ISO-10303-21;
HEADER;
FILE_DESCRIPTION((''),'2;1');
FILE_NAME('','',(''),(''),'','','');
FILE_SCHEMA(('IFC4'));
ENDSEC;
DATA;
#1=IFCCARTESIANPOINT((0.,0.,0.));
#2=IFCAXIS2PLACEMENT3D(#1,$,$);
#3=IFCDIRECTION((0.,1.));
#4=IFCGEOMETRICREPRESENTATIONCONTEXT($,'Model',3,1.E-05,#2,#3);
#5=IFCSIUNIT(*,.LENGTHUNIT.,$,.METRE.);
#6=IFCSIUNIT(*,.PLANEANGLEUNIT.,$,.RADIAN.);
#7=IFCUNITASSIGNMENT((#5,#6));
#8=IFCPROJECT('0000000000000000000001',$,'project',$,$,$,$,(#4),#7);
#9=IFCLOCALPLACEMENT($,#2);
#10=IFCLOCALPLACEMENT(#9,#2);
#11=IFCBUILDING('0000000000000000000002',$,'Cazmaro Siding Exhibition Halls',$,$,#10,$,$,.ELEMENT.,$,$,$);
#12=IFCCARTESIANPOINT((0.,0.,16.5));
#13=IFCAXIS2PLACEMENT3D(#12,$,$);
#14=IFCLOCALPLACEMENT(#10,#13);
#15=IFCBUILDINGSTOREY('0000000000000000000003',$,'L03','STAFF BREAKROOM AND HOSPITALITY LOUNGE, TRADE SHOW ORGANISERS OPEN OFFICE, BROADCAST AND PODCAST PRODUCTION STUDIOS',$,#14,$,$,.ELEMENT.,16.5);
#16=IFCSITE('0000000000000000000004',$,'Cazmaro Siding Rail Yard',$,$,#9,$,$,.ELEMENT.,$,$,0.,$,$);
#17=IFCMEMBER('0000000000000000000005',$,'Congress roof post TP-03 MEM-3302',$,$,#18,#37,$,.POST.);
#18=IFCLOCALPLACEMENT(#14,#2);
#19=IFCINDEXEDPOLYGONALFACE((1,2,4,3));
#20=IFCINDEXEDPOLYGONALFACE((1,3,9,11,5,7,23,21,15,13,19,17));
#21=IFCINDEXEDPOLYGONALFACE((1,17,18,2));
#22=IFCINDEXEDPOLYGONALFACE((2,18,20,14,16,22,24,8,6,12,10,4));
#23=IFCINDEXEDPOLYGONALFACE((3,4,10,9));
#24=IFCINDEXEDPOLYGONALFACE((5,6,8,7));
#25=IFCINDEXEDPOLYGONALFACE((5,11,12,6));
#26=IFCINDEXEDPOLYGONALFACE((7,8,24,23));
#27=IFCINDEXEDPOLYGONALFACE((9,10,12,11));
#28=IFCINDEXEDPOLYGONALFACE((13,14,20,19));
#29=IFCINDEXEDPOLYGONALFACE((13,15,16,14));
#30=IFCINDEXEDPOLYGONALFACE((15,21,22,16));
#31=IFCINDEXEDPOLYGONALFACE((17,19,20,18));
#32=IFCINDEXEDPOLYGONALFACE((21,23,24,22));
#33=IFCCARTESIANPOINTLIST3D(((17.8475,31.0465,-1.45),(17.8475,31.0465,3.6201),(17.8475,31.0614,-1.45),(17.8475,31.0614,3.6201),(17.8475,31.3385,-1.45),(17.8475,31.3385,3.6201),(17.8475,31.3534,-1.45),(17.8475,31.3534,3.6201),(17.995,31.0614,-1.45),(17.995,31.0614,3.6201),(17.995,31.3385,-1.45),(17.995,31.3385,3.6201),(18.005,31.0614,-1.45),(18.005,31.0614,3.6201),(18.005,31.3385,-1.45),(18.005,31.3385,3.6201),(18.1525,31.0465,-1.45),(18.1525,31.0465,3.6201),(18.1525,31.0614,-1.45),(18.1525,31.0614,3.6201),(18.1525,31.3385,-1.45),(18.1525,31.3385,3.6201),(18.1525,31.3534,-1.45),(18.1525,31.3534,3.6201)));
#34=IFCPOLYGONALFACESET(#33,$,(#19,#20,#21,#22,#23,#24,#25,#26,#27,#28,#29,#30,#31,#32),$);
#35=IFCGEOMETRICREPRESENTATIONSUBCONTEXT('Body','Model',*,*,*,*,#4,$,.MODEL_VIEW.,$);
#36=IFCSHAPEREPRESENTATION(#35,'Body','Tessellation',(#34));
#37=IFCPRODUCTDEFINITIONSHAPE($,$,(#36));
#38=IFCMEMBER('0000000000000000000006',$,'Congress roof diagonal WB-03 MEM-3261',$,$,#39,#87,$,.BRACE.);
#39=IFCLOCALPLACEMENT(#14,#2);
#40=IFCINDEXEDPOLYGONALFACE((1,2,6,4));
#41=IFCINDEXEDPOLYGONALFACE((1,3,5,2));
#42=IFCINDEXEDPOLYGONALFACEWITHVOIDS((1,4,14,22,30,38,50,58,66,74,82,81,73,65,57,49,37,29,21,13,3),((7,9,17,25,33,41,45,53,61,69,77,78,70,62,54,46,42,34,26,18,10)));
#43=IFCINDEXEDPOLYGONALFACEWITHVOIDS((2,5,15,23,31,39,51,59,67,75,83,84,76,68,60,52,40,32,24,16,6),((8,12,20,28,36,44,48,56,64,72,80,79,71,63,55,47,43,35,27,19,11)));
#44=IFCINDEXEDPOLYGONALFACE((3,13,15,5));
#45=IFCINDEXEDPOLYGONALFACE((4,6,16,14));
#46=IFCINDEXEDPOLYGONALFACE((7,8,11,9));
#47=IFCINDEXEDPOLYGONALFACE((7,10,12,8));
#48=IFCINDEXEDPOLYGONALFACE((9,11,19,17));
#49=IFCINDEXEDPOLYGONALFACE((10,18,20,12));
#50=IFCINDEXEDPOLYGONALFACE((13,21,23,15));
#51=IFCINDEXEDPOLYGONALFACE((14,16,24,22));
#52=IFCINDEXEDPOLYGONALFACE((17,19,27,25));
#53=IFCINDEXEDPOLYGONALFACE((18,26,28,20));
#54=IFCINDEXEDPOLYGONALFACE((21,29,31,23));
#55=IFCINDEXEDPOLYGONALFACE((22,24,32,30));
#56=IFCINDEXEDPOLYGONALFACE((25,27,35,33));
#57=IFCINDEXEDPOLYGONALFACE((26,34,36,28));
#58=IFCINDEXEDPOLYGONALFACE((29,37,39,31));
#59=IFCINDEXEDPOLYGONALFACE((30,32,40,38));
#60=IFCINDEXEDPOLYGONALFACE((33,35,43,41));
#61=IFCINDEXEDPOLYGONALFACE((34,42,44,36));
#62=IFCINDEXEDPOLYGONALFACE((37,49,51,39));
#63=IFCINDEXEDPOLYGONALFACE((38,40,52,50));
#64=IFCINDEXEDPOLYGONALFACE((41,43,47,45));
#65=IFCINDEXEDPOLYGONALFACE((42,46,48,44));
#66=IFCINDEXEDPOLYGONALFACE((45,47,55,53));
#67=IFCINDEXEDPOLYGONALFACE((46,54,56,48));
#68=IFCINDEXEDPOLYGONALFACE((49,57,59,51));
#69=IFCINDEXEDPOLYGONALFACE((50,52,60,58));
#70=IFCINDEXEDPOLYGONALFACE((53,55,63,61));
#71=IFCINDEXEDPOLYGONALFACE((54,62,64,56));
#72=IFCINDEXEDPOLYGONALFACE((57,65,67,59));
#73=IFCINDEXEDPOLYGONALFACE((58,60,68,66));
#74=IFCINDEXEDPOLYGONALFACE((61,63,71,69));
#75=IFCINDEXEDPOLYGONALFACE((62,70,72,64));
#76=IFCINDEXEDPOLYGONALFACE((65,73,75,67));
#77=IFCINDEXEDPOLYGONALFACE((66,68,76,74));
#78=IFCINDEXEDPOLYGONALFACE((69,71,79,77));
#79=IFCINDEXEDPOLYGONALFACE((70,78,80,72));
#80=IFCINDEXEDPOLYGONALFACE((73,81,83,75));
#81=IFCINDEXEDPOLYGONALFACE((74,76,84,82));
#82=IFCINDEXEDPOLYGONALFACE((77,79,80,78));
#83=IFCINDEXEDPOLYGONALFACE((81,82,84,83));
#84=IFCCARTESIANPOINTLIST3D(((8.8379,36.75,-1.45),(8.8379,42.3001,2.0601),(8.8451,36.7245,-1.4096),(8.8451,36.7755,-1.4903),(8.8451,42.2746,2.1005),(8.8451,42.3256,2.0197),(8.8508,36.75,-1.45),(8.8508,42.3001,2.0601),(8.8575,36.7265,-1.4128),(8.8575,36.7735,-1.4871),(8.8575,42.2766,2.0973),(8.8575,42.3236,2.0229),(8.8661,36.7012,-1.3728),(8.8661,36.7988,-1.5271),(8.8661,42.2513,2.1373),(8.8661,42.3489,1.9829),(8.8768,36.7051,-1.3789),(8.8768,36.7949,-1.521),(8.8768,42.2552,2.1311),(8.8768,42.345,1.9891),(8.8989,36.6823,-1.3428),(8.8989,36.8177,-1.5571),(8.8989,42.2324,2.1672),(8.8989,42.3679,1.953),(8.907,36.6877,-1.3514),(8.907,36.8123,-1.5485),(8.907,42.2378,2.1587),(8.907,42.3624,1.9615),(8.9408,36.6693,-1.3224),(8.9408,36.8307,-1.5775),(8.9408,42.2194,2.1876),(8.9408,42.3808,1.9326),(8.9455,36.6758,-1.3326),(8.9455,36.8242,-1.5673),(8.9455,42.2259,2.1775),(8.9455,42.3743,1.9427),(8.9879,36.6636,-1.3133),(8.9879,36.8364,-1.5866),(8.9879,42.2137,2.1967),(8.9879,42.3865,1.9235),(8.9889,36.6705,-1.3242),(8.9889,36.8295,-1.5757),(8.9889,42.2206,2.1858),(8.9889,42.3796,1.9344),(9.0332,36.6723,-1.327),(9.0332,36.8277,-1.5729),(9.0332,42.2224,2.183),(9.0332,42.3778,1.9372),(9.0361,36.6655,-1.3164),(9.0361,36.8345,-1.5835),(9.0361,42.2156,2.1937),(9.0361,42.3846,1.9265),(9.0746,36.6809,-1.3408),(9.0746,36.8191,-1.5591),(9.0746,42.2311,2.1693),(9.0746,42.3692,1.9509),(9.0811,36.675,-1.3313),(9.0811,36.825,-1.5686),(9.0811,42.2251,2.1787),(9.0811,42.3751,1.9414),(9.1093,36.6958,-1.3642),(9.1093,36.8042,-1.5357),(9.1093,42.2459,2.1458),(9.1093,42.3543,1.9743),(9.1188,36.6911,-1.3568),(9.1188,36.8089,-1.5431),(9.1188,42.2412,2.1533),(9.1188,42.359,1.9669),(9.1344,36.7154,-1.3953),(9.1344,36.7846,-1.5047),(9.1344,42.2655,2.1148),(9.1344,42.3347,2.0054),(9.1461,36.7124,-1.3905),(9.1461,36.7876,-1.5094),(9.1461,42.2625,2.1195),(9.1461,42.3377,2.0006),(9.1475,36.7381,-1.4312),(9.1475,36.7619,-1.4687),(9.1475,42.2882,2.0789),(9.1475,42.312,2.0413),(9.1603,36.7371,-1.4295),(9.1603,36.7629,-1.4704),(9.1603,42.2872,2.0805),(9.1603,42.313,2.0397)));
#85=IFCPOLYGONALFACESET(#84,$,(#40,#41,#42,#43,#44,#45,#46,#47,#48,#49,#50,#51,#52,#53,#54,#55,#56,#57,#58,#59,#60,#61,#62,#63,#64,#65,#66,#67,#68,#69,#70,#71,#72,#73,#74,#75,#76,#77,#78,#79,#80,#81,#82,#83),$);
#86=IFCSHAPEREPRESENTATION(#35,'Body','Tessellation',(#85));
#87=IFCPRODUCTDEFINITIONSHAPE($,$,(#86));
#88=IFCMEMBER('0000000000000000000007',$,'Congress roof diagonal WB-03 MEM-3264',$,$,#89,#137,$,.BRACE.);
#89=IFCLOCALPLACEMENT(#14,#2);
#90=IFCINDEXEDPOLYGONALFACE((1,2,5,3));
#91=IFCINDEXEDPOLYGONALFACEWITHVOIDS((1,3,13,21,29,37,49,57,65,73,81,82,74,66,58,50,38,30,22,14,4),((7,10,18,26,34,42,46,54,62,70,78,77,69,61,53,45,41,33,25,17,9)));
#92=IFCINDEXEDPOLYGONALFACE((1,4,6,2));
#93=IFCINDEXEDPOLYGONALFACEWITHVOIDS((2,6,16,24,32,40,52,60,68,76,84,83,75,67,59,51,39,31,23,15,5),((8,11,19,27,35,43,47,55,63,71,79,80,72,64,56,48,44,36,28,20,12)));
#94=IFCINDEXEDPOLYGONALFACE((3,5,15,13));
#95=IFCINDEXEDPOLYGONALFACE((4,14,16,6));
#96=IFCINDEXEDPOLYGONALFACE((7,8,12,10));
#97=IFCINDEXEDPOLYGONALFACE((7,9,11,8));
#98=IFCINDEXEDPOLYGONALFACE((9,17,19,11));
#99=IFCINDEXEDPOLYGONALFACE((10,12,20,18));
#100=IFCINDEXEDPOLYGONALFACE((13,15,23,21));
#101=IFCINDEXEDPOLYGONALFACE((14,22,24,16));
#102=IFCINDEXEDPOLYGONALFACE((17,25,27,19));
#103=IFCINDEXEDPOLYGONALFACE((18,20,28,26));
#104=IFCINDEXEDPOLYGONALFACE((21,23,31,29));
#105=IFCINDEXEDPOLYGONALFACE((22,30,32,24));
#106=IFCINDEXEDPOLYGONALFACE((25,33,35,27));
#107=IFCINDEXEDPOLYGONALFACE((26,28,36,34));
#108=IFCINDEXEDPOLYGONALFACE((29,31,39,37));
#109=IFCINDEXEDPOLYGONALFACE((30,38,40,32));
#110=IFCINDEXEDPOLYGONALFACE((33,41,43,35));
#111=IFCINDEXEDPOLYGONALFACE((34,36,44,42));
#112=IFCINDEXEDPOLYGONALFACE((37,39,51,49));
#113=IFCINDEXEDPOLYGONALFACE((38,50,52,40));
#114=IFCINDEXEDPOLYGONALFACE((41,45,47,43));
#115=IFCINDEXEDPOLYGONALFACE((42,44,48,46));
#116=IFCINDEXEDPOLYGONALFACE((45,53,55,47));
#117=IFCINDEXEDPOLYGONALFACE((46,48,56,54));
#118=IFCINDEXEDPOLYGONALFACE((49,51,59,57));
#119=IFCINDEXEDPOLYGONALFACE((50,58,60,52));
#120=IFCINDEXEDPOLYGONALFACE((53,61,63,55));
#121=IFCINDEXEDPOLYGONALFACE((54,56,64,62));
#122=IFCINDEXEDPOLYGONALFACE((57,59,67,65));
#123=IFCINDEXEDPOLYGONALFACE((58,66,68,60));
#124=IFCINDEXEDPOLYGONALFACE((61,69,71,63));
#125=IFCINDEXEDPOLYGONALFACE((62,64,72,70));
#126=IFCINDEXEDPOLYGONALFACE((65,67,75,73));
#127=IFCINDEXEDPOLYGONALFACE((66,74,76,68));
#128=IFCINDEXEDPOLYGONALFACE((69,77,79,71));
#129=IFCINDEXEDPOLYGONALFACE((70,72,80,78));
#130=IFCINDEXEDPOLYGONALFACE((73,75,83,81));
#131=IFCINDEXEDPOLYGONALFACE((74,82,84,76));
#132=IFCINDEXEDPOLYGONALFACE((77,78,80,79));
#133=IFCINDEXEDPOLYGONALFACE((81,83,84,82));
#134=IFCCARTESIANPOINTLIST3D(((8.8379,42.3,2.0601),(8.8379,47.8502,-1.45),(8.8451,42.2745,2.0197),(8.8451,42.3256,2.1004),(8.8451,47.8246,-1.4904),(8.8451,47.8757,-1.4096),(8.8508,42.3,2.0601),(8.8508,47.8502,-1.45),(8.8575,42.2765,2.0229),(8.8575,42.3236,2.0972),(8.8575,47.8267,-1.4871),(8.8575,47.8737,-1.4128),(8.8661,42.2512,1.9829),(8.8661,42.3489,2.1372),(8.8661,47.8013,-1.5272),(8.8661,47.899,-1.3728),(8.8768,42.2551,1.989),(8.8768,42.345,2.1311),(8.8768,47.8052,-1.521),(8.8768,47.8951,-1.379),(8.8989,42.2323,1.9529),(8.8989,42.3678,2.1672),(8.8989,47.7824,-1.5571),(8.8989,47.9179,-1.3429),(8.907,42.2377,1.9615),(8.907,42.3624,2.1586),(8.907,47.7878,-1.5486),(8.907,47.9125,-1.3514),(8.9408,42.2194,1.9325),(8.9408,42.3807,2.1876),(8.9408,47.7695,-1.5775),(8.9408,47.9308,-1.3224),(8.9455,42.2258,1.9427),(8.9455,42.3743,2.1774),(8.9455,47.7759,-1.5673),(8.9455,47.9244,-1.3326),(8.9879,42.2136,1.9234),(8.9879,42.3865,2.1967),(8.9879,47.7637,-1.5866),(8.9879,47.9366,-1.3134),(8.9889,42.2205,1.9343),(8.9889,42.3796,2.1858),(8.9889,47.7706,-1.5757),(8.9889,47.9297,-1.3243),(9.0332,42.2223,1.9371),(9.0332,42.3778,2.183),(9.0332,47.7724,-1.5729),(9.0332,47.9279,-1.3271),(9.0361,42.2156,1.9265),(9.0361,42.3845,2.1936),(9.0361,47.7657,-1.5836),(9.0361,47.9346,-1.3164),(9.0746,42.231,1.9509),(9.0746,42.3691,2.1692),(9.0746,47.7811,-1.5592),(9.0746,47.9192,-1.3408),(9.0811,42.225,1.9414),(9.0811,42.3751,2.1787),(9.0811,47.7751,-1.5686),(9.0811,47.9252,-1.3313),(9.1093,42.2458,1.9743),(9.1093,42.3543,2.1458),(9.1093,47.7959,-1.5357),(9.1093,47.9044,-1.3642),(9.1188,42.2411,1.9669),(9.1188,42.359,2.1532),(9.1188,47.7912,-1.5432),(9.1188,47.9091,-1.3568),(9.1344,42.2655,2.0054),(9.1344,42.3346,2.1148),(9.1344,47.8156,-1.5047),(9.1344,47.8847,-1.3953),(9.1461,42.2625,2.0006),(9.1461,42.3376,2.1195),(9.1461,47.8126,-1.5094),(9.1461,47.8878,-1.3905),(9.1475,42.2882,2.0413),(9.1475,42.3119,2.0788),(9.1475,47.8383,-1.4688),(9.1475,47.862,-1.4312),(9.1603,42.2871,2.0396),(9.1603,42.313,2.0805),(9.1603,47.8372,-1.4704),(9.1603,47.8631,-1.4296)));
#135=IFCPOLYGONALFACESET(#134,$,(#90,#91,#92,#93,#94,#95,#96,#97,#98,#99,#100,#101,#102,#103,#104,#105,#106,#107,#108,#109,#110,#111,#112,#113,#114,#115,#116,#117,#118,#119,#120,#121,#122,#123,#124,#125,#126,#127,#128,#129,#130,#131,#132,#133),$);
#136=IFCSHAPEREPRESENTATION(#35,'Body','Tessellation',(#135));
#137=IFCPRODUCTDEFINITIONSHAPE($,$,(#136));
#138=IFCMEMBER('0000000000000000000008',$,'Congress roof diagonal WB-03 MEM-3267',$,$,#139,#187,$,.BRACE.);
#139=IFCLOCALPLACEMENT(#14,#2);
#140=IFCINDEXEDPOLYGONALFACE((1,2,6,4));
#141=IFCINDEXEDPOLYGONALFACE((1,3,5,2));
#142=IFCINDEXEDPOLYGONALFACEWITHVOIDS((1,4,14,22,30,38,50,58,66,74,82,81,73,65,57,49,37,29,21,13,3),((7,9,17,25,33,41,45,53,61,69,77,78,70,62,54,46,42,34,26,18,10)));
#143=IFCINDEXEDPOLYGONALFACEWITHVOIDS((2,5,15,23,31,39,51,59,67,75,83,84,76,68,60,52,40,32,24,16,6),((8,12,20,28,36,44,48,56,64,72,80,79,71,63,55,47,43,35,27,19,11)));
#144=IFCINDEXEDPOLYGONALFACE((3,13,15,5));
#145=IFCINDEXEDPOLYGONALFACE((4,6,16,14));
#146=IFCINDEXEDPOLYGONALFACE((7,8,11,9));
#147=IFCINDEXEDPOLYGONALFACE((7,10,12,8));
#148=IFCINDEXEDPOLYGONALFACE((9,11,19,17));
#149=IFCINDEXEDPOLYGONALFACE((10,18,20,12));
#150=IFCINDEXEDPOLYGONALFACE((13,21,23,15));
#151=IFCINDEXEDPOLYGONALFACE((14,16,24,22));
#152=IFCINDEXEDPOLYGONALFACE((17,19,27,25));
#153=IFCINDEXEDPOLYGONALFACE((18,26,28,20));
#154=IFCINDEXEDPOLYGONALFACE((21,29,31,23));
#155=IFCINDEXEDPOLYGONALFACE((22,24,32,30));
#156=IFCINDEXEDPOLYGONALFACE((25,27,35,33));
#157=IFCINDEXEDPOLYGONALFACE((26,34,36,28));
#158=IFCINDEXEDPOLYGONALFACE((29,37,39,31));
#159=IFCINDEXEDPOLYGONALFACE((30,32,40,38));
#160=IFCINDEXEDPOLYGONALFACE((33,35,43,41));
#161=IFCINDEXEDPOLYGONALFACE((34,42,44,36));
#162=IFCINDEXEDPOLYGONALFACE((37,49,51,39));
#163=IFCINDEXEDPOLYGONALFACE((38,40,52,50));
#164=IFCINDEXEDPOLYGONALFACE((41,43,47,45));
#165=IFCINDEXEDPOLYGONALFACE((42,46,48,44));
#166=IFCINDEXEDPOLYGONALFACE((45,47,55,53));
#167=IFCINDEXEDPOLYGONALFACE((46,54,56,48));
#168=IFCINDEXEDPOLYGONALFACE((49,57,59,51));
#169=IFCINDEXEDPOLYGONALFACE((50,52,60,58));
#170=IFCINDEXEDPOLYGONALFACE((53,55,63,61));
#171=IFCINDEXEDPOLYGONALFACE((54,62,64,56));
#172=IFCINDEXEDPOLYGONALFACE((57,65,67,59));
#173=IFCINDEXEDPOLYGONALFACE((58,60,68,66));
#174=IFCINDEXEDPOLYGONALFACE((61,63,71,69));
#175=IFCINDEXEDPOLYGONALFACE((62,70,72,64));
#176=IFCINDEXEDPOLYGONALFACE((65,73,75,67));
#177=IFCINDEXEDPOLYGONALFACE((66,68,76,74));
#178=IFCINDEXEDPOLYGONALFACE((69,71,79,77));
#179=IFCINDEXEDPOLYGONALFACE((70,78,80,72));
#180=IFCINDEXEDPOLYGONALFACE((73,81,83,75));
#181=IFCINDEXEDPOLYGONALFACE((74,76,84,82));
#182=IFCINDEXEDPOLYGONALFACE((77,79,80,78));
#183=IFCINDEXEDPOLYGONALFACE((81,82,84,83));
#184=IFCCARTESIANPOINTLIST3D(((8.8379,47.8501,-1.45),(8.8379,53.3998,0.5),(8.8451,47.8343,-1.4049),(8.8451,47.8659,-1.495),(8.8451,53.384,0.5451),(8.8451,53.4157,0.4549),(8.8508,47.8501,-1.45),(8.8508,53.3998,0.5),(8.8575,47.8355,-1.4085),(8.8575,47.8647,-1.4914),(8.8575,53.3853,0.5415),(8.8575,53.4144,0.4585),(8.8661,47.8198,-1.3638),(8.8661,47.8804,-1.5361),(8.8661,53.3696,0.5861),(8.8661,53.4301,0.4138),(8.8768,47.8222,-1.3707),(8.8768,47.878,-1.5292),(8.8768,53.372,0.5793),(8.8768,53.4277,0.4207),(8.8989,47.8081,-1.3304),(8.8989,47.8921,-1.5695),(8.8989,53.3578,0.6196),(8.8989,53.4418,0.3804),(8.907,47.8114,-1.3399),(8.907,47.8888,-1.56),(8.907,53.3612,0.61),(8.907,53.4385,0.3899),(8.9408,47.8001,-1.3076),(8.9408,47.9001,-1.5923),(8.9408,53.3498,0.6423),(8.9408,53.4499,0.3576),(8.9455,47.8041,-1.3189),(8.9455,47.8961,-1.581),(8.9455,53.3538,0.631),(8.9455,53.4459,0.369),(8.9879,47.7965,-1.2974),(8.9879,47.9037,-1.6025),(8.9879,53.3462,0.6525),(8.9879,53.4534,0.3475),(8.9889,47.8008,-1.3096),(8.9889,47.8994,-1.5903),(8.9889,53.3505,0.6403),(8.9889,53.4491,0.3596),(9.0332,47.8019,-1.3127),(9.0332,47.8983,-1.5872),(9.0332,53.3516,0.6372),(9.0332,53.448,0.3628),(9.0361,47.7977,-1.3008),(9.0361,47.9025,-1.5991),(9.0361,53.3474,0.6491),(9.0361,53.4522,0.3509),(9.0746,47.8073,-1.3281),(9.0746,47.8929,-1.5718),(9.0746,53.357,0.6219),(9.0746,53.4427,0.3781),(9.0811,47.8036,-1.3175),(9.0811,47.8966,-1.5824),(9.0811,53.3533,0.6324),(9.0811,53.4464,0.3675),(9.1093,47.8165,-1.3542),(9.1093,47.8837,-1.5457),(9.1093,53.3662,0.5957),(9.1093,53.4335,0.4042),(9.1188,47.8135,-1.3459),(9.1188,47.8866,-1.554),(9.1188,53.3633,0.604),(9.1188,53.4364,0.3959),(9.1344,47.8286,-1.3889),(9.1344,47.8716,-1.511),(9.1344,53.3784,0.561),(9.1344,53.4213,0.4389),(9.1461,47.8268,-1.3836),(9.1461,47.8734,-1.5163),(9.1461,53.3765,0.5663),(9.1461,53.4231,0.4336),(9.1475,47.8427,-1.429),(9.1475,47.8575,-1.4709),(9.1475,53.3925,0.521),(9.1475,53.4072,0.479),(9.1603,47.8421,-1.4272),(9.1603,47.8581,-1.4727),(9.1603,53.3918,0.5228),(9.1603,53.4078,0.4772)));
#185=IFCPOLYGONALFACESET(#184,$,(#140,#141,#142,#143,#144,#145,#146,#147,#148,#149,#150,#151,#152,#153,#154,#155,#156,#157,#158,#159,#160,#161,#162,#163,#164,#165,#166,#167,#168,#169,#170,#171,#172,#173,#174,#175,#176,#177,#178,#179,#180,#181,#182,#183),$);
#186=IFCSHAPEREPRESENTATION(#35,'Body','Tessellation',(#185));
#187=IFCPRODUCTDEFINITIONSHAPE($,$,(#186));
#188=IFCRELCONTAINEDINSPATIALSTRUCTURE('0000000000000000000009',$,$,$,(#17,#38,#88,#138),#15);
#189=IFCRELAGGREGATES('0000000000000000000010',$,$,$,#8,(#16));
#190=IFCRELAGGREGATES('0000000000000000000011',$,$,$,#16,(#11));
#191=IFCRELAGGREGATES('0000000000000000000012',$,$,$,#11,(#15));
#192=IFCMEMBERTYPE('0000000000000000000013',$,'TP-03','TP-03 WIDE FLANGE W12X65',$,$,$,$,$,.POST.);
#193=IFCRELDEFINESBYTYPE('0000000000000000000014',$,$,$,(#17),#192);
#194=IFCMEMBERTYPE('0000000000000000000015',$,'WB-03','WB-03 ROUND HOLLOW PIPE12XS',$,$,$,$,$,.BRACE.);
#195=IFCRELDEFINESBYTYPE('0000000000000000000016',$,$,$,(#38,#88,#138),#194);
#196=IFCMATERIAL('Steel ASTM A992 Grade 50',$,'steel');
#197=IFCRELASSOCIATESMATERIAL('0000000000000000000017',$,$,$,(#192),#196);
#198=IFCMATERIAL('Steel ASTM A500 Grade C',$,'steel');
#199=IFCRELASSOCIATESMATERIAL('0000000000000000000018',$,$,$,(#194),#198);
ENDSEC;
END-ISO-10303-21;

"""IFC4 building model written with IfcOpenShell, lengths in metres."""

from ifc_helpers import new_model, si_unit, direction, frame, origin, origin_2d, place, context, subcontext, project, spatial, hollow_circle, i_section, extrude, material, material_profile, profile_set, type_object, element, save


model = new_model("IFC4")

# Units and contexts
model_context = context("Model", 3, precision=1e-05, world=origin(), true_north=direction((0.0, 1.0)))
body_context = subcontext(model_context, "Body", "Model", "MODEL_VIEW")
ifc_project = project(units=[si_unit("LENGTHUNIT", "METRE"), si_unit("PLANEANGLEUNIT", "RADIAN")], contexts=[model_context])

# Site, building, storey
site_placement = place(None, origin())
site = spatial("IfcSite", under=ifc_project, at=site_placement, Name="Cazmaro Siding Rail Yard", CompositionType="ELEMENT", RefElevation=0.0)
building_placement = place(site_placement, origin())
building = spatial("IfcBuilding", under=site, at=building_placement, Name="Cazmaro Siding Exhibition Halls", CompositionType="ELEMENT")
storey_placement = place(building_placement, frame((0.0, 0.0, 16.5)))
storey = spatial("IfcBuildingStorey", under=building, at=storey_placement, Name="L03", Description="STAFF BREAKROOM AND HOSPITALITY LOUNGE, TRADE SHOW ORGANISERS OPEN OFFICE, BROADCAST AND PODCAST PRODUCTION STUDIOS", CompositionType="ELEMENT", Elevation=16.5)

# Members
ifc_material_1 = material(Name="Steel ASTM A992 Grade 50", Category="steel")
ifc_material_profile_1 = material_profile(ifc_material_1, i_section(OverallWidth=0.3049, OverallDepth=0.3069, WebThickness=0.01, FlangeThickness=0.0149, at=origin_2d()), Name="W12X65")
ifc_profile_set_1 = profile_set([ifc_material_profile_1], Name="Steel ASTM A992 Grade 50")
member_type_1 = type_object("IfcMemberType", Name="TP-03", Description="TP-03 WIDE FLANGE W12X65", PredefinedType="POST", material=ifc_profile_set_1)
member_1_placement = place(storey_placement, frame((18.0, 31.2, -1.45), z_axis=(0.0, 0.0, 1.0), x_axis=(1.0, 0.0, 0.0)))
element("IfcMember", 1, at=member_1_placement, inside=storey, type_object=member_type_1, Name="Congress roof post TP-03 MEM-3302", PredefinedType="POST", context=body_context, shape_type="SweptSolid", body=[
    extrude(i_section(OverallWidth=0.3049, OverallDepth=0.3069, WebThickness=0.01, FlangeThickness=0.0149, at=origin_2d()), origin(), (0.0, 0.0, 1.0), 5.0701),
])
ifc_material_2 = material(Name="Steel ASTM A500 Grade C", Category="steel")
ifc_material_profile_2 = material_profile(ifc_material_2, hollow_circle(Radius=0.1621, WallThickness=0.0129, at=origin_2d()), Name="PIPE12XS")
ifc_profile_set_2 = profile_set([ifc_material_profile_2], Name="Steel ASTM A500 Grade C")
member_type_2 = type_object("IfcMemberType", Name="WB-03", Description="WB-03 ROUND HOLLOW PIPE12XS", PredefinedType="BRACE", material=ifc_profile_set_2)
for number, where, z_axis, x_axis, name in (
    (2, (9.0, 36.75, -1.45), (0.0, 0.845165, 0.534506), (-1.0, 0.0, 0.0), "Congress roof diagonal WB-03 MEM-3261"),
    (3, (9.0, 42.3, 2.0601), (0.0, 0.845165, -0.534506), (-1.0, 0.0, 0.0), "Congress roof diagonal WB-03 MEM-3264"),
):
    element("IfcMember", number, at=place(storey_placement, frame(where, z_axis=z_axis, x_axis=x_axis)), inside=storey, type_object=member_type_2, Name=name, PredefinedType="BRACE", context=body_context, shape_type="SweptSolid", body=[
        extrude(hollow_circle(Radius=0.1621, WallThickness=0.0129, at=origin_2d()), origin(), (0.0, 0.0, 1.0), 6.5669),
    ])
member_2_placement = place(storey_placement, frame((9.0, 47.8501, -1.45), z_axis=(0.0, 0.943459, 0.331489), x_axis=(-1.0, 0.0, 0.0)))
element("IfcMember", 4, at=member_2_placement, inside=storey, type_object=member_type_2, Name="Congress roof diagonal WB-03 MEM-3267", PredefinedType="BRACE", context=body_context, shape_type="SweptSolid", body=[
    extrude(hollow_circle(Radius=0.1621, WallThickness=0.0129, at=origin_2d()), origin(), (0.0, 0.0, 1.0), 5.8823),
])

save(model, "model.ifc")
